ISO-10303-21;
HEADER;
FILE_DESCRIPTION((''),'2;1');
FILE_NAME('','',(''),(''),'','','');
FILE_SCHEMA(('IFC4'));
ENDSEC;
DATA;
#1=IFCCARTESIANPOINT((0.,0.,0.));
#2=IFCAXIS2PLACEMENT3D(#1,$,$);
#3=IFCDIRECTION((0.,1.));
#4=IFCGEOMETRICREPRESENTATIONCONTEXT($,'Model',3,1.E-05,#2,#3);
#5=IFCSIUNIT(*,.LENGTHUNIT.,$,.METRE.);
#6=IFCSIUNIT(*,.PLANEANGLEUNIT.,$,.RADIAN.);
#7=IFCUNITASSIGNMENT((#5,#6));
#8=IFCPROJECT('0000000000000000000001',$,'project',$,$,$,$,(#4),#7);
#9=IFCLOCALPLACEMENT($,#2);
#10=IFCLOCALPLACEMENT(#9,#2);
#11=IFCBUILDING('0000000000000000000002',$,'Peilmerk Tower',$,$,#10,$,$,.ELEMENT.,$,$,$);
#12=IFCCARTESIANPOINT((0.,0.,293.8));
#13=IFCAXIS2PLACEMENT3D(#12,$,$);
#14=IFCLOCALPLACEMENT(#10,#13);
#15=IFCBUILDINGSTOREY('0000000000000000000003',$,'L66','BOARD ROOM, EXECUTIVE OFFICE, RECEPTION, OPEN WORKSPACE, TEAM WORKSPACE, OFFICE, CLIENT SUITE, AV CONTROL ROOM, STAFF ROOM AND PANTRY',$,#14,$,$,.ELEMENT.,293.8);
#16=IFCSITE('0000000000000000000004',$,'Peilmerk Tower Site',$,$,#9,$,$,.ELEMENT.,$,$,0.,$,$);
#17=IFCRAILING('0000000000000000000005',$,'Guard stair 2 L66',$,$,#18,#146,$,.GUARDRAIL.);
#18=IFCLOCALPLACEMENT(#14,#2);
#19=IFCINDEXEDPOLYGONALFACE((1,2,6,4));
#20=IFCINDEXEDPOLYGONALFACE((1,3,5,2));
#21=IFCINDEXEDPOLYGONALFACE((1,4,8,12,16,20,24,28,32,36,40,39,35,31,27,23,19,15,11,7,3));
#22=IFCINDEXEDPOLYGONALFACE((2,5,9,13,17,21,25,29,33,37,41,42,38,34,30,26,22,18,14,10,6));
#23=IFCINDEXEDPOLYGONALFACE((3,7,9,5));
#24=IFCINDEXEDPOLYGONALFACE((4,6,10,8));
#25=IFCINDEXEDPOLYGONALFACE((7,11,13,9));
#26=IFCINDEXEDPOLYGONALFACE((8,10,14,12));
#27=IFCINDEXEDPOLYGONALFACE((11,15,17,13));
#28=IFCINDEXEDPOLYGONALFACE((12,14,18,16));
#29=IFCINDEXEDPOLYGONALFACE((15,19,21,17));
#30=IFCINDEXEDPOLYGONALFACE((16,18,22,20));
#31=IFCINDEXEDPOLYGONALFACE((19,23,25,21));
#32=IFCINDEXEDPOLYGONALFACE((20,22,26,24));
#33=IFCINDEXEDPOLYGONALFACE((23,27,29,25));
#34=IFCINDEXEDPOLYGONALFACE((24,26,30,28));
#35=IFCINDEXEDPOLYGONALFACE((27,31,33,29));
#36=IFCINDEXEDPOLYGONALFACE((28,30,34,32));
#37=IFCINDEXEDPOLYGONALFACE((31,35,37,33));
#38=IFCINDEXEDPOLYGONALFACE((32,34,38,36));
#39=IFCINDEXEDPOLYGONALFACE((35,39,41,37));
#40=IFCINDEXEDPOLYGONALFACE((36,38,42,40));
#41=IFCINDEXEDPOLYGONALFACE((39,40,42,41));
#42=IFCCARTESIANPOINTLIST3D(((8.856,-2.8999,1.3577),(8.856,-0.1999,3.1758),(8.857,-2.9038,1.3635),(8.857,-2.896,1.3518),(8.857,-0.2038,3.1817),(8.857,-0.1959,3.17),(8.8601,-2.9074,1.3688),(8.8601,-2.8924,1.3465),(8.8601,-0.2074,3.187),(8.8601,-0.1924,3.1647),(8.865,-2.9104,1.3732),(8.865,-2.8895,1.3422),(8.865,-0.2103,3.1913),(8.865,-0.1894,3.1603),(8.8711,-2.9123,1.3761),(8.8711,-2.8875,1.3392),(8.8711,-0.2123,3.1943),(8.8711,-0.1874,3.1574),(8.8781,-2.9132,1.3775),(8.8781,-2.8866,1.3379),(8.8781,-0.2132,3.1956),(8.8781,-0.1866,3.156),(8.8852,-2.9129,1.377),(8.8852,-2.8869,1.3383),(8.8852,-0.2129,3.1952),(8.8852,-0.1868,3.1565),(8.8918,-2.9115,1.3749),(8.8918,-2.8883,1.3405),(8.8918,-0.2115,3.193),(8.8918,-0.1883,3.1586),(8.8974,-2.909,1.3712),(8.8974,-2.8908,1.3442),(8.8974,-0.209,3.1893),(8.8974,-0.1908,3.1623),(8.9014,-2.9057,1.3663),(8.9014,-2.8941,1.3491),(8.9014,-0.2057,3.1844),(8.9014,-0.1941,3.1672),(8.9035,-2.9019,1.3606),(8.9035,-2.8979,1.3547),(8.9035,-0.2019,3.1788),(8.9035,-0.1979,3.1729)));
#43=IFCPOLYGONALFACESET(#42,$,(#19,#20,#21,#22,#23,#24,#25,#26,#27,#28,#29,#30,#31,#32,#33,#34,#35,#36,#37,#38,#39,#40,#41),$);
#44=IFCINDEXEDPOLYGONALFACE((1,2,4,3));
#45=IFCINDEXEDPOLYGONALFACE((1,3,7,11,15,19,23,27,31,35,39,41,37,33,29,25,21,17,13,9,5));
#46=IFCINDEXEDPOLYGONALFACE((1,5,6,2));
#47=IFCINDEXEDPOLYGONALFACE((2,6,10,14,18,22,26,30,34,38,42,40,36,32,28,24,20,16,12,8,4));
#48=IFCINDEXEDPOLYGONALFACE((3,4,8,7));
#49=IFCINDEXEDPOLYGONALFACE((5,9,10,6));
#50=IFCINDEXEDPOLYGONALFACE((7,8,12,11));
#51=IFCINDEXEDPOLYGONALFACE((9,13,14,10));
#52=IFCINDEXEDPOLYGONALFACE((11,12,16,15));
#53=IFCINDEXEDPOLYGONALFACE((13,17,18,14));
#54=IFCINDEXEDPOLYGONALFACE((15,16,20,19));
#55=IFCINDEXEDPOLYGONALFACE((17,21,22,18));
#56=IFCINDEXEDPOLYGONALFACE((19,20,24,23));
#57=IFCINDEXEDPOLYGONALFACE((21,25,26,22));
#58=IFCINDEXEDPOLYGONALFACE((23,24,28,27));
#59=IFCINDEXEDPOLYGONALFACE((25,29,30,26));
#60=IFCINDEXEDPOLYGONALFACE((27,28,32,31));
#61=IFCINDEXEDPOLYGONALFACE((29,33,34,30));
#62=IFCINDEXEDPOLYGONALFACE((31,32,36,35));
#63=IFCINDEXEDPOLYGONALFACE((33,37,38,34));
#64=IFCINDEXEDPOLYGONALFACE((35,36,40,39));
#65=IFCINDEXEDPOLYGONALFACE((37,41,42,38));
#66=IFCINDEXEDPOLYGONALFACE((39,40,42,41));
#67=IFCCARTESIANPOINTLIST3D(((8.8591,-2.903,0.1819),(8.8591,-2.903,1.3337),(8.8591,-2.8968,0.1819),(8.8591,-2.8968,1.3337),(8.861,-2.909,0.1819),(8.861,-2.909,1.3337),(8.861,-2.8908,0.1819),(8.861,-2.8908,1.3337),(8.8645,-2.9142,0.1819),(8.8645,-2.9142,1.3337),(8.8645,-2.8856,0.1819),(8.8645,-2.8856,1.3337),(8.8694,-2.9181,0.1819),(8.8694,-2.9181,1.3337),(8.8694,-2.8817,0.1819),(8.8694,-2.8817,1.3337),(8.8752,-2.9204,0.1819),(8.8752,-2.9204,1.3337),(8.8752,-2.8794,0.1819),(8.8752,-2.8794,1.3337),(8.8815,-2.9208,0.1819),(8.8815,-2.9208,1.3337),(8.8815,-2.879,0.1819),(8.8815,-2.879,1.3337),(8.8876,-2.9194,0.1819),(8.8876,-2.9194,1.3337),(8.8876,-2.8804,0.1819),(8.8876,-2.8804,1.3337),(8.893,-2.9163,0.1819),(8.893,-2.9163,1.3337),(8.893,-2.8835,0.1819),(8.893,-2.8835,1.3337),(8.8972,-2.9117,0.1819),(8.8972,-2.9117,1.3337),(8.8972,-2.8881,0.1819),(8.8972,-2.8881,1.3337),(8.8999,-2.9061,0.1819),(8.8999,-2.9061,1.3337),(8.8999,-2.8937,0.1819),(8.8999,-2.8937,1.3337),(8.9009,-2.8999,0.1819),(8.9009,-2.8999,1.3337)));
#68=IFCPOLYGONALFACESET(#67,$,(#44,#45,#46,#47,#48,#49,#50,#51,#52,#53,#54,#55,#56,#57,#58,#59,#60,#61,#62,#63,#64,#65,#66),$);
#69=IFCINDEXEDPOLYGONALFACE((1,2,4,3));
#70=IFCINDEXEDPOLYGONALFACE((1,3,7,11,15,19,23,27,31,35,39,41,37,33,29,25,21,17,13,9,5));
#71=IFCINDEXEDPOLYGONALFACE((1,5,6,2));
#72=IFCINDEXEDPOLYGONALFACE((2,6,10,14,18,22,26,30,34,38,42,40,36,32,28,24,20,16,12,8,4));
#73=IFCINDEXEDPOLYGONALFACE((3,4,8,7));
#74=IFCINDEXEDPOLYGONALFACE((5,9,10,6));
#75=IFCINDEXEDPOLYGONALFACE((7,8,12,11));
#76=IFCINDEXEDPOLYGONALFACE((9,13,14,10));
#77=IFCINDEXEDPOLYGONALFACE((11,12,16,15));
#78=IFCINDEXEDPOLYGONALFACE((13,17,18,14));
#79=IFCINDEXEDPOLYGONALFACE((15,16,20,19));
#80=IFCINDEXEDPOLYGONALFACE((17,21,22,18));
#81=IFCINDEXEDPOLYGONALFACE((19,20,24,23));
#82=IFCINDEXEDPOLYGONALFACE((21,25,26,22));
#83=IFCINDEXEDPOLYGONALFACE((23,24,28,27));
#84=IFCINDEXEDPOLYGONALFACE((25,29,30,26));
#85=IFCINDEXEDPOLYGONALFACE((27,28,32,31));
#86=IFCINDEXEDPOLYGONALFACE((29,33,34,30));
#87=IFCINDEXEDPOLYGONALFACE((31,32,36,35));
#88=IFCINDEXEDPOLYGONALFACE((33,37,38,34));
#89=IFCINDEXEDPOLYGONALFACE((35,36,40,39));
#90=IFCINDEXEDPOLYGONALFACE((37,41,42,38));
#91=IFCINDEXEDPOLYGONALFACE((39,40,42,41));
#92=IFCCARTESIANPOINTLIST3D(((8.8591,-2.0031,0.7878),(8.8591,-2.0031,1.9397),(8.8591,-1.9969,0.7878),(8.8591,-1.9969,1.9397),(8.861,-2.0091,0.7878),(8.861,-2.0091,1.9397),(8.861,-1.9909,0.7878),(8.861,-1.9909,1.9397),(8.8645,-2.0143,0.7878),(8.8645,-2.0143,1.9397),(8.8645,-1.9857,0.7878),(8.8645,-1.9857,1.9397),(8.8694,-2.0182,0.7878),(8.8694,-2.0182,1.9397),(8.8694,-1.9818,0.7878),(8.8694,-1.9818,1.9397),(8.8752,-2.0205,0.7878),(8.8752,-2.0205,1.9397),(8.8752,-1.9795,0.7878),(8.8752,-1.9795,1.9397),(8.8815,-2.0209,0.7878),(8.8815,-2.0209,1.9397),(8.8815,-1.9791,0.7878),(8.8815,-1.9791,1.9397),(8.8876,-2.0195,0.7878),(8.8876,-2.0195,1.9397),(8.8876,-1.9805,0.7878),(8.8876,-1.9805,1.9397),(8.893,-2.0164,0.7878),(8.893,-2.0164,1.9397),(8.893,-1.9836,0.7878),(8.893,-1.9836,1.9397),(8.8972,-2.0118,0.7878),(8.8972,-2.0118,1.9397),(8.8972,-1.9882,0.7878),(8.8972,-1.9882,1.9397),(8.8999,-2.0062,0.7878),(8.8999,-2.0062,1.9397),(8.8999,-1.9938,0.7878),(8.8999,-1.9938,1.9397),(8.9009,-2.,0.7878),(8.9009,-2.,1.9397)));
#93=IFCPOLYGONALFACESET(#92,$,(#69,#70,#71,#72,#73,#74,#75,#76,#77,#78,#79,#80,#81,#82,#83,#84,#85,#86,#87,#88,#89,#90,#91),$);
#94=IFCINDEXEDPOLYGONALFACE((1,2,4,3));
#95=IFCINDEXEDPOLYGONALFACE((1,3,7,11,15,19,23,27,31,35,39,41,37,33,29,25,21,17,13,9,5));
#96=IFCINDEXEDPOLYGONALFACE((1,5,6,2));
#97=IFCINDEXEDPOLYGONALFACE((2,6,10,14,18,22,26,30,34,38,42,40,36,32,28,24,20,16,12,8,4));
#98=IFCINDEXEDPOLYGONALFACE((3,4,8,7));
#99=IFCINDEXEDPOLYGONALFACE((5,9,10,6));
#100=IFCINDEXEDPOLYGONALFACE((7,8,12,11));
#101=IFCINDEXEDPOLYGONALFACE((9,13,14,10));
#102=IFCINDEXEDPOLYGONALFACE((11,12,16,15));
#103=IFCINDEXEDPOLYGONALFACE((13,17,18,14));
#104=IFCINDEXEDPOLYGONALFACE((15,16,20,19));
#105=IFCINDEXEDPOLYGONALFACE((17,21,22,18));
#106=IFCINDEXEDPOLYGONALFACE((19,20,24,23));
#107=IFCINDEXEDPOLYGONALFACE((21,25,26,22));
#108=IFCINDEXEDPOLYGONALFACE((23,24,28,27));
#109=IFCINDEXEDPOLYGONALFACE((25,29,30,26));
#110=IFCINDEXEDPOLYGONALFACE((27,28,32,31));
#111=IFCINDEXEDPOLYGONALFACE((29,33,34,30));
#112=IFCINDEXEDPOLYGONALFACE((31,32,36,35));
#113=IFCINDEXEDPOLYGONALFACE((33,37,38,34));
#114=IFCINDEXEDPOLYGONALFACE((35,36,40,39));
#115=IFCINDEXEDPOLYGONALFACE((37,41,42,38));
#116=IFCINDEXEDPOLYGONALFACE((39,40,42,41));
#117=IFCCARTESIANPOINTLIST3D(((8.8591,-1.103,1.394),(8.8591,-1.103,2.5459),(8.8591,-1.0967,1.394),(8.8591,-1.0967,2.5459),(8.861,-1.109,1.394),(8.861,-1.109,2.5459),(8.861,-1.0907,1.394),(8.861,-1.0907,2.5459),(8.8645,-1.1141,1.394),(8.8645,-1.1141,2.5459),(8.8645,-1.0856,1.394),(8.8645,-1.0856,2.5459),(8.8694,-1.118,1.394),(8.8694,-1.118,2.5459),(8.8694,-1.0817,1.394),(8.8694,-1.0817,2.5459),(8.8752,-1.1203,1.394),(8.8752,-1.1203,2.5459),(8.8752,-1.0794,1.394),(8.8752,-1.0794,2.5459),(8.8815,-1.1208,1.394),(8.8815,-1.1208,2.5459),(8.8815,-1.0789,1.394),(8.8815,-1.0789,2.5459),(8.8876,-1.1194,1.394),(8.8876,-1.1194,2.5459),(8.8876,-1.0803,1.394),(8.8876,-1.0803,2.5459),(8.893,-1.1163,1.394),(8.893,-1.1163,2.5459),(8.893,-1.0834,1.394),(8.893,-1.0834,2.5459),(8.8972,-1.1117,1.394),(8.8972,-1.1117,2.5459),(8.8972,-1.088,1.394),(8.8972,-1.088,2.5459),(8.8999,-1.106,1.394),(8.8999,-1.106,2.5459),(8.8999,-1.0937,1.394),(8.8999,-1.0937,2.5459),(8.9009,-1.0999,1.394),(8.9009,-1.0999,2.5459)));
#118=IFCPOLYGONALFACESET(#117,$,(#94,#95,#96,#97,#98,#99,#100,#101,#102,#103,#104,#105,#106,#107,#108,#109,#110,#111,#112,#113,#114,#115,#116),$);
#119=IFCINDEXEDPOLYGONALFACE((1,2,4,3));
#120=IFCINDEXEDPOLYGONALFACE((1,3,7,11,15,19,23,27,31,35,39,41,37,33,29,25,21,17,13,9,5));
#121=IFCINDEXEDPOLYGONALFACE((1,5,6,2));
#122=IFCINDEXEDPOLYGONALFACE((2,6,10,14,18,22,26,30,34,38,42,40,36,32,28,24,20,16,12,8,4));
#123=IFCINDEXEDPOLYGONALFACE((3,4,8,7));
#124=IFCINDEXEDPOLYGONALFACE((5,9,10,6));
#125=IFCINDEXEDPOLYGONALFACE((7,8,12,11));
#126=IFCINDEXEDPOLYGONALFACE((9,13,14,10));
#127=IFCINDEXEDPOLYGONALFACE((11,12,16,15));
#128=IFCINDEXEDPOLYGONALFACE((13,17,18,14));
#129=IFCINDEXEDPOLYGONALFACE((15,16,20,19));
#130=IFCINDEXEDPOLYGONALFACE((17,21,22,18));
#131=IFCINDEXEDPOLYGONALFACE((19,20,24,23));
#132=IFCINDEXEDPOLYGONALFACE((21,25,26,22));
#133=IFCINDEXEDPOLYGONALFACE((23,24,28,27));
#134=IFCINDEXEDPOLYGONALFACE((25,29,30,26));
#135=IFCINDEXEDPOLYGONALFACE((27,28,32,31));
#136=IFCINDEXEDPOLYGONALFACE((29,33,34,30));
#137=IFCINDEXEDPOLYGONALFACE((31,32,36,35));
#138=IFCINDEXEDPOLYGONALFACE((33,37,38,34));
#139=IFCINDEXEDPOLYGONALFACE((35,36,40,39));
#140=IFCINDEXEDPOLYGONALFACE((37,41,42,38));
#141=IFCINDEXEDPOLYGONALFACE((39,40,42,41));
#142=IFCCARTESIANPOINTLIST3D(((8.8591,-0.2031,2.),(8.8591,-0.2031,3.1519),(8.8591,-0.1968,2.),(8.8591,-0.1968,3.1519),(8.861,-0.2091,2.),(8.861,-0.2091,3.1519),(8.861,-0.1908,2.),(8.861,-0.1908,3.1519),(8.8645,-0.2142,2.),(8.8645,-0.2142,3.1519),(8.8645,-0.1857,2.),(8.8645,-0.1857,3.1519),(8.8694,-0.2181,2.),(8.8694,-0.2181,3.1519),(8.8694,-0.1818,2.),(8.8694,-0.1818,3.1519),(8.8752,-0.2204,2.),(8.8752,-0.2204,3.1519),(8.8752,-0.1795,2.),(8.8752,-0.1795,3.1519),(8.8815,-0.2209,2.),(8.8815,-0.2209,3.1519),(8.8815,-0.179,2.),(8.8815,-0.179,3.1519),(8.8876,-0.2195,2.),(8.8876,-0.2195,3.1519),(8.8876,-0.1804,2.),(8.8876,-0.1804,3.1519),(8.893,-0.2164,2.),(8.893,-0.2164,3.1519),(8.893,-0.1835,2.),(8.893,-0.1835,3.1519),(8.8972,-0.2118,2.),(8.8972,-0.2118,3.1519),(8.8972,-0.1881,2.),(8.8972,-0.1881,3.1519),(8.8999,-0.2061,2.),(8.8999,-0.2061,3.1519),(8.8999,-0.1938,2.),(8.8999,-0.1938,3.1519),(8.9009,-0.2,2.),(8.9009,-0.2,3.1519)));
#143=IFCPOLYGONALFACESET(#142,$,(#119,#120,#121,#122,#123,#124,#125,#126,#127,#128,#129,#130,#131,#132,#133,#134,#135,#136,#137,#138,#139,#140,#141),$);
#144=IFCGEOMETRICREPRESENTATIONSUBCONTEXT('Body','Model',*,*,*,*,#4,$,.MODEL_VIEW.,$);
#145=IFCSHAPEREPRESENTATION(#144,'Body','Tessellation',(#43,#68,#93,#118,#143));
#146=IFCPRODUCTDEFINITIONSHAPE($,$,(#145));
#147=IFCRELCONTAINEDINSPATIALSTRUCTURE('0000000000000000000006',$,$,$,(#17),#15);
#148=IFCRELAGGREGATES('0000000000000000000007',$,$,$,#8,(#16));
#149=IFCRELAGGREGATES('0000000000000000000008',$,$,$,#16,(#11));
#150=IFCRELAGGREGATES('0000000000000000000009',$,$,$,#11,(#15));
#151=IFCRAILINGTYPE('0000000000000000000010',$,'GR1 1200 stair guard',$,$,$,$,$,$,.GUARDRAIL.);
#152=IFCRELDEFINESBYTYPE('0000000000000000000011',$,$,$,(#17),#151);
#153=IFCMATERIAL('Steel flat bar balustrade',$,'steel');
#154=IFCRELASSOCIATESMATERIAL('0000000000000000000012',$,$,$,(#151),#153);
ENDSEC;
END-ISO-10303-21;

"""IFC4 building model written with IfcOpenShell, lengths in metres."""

from ifc_helpers import new_model, si_unit, direction, frame, origin, origin_2d, place, context, subcontext, project, spatial, circle, extrude, material, type_object, element, save


model = new_model("IFC4")

# Units and contexts
model_context = context("Model", 3, precision=1e-05, world=origin(), true_north=direction((0.0, 1.0)))
body_context = subcontext(model_context, "Body", "Model", "MODEL_VIEW")
ifc_project = project(units=[si_unit("LENGTHUNIT", "METRE"), si_unit("PLANEANGLEUNIT", "RADIAN")], contexts=[model_context])

# Site, building, storey
site_placement = place(None, origin())
site = spatial("IfcSite", under=ifc_project, at=site_placement, Name="Peilmerk Tower Site", CompositionType="ELEMENT", RefElevation=0.0)
building_placement = place(site_placement, origin())
building = spatial("IfcBuilding", under=site, at=building_placement, Name="Peilmerk Tower", CompositionType="ELEMENT")
storey_placement = place(building_placement, frame((0.0, 0.0, 293.8)))
storey = spatial("IfcBuildingStorey", under=building, at=storey_placement, Name="L66", Description="BOARD ROOM, EXECUTIVE OFFICE, RECEPTION, OPEN WORKSPACE, TEAM WORKSPACE, OFFICE, CLIENT SUITE, AV CONTROL ROOM, STAFF ROOM AND PANTRY", CompositionType="ELEMENT", Elevation=293.8)

# Railing
ifc_material_1 = material(Name="Steel flat bar balustrade", Category="steel")
railing_type_1 = type_object("IfcRailingType", Name="GR1 1200 stair guard", PredefinedType="GUARDRAIL", material=ifc_material_1)
railing_1_placement = place(storey_placement, frame((8.8799, -2.8999, 0.1819)))
element("IfcRailing", 1, at=railing_1_placement, inside=storey, type_object=railing_type_1, Name="Guard stair 2 L66", PredefinedType="GUARDRAIL", context=body_context, shape_type="SweptSolid", body=[
    extrude(circle(Radius=0.0239, at=origin_2d()), frame((0.0, 0.0, 1.1758), z_axis=(0.0, 0.829468, 0.558554), x_axis=(-1.0, 0.0, 0.0)), (0.0, 0.0, 1.0), 3.2551),
    extrude(circle(Radius=0.021, at=origin_2d()), origin(), (0.0, 0.0, 1.0), 1.1519),
    extrude(circle(Radius=0.021, at=origin_2d()), frame((0.0, 0.8999, 0.606)), (0.0, 0.0, 1.0), 1.1519),
    extrude(circle(Radius=0.021, at=origin_2d()), frame((0.0, 1.8, 1.2122)), (0.0, 0.0, 1.0), 1.1519),
    extrude(circle(Radius=0.021, at=origin_2d()), frame((0.0, 2.7, 1.8181)), (0.0, 0.0, 1.0), 1.1519),
])

save(model, "model.ifc")
